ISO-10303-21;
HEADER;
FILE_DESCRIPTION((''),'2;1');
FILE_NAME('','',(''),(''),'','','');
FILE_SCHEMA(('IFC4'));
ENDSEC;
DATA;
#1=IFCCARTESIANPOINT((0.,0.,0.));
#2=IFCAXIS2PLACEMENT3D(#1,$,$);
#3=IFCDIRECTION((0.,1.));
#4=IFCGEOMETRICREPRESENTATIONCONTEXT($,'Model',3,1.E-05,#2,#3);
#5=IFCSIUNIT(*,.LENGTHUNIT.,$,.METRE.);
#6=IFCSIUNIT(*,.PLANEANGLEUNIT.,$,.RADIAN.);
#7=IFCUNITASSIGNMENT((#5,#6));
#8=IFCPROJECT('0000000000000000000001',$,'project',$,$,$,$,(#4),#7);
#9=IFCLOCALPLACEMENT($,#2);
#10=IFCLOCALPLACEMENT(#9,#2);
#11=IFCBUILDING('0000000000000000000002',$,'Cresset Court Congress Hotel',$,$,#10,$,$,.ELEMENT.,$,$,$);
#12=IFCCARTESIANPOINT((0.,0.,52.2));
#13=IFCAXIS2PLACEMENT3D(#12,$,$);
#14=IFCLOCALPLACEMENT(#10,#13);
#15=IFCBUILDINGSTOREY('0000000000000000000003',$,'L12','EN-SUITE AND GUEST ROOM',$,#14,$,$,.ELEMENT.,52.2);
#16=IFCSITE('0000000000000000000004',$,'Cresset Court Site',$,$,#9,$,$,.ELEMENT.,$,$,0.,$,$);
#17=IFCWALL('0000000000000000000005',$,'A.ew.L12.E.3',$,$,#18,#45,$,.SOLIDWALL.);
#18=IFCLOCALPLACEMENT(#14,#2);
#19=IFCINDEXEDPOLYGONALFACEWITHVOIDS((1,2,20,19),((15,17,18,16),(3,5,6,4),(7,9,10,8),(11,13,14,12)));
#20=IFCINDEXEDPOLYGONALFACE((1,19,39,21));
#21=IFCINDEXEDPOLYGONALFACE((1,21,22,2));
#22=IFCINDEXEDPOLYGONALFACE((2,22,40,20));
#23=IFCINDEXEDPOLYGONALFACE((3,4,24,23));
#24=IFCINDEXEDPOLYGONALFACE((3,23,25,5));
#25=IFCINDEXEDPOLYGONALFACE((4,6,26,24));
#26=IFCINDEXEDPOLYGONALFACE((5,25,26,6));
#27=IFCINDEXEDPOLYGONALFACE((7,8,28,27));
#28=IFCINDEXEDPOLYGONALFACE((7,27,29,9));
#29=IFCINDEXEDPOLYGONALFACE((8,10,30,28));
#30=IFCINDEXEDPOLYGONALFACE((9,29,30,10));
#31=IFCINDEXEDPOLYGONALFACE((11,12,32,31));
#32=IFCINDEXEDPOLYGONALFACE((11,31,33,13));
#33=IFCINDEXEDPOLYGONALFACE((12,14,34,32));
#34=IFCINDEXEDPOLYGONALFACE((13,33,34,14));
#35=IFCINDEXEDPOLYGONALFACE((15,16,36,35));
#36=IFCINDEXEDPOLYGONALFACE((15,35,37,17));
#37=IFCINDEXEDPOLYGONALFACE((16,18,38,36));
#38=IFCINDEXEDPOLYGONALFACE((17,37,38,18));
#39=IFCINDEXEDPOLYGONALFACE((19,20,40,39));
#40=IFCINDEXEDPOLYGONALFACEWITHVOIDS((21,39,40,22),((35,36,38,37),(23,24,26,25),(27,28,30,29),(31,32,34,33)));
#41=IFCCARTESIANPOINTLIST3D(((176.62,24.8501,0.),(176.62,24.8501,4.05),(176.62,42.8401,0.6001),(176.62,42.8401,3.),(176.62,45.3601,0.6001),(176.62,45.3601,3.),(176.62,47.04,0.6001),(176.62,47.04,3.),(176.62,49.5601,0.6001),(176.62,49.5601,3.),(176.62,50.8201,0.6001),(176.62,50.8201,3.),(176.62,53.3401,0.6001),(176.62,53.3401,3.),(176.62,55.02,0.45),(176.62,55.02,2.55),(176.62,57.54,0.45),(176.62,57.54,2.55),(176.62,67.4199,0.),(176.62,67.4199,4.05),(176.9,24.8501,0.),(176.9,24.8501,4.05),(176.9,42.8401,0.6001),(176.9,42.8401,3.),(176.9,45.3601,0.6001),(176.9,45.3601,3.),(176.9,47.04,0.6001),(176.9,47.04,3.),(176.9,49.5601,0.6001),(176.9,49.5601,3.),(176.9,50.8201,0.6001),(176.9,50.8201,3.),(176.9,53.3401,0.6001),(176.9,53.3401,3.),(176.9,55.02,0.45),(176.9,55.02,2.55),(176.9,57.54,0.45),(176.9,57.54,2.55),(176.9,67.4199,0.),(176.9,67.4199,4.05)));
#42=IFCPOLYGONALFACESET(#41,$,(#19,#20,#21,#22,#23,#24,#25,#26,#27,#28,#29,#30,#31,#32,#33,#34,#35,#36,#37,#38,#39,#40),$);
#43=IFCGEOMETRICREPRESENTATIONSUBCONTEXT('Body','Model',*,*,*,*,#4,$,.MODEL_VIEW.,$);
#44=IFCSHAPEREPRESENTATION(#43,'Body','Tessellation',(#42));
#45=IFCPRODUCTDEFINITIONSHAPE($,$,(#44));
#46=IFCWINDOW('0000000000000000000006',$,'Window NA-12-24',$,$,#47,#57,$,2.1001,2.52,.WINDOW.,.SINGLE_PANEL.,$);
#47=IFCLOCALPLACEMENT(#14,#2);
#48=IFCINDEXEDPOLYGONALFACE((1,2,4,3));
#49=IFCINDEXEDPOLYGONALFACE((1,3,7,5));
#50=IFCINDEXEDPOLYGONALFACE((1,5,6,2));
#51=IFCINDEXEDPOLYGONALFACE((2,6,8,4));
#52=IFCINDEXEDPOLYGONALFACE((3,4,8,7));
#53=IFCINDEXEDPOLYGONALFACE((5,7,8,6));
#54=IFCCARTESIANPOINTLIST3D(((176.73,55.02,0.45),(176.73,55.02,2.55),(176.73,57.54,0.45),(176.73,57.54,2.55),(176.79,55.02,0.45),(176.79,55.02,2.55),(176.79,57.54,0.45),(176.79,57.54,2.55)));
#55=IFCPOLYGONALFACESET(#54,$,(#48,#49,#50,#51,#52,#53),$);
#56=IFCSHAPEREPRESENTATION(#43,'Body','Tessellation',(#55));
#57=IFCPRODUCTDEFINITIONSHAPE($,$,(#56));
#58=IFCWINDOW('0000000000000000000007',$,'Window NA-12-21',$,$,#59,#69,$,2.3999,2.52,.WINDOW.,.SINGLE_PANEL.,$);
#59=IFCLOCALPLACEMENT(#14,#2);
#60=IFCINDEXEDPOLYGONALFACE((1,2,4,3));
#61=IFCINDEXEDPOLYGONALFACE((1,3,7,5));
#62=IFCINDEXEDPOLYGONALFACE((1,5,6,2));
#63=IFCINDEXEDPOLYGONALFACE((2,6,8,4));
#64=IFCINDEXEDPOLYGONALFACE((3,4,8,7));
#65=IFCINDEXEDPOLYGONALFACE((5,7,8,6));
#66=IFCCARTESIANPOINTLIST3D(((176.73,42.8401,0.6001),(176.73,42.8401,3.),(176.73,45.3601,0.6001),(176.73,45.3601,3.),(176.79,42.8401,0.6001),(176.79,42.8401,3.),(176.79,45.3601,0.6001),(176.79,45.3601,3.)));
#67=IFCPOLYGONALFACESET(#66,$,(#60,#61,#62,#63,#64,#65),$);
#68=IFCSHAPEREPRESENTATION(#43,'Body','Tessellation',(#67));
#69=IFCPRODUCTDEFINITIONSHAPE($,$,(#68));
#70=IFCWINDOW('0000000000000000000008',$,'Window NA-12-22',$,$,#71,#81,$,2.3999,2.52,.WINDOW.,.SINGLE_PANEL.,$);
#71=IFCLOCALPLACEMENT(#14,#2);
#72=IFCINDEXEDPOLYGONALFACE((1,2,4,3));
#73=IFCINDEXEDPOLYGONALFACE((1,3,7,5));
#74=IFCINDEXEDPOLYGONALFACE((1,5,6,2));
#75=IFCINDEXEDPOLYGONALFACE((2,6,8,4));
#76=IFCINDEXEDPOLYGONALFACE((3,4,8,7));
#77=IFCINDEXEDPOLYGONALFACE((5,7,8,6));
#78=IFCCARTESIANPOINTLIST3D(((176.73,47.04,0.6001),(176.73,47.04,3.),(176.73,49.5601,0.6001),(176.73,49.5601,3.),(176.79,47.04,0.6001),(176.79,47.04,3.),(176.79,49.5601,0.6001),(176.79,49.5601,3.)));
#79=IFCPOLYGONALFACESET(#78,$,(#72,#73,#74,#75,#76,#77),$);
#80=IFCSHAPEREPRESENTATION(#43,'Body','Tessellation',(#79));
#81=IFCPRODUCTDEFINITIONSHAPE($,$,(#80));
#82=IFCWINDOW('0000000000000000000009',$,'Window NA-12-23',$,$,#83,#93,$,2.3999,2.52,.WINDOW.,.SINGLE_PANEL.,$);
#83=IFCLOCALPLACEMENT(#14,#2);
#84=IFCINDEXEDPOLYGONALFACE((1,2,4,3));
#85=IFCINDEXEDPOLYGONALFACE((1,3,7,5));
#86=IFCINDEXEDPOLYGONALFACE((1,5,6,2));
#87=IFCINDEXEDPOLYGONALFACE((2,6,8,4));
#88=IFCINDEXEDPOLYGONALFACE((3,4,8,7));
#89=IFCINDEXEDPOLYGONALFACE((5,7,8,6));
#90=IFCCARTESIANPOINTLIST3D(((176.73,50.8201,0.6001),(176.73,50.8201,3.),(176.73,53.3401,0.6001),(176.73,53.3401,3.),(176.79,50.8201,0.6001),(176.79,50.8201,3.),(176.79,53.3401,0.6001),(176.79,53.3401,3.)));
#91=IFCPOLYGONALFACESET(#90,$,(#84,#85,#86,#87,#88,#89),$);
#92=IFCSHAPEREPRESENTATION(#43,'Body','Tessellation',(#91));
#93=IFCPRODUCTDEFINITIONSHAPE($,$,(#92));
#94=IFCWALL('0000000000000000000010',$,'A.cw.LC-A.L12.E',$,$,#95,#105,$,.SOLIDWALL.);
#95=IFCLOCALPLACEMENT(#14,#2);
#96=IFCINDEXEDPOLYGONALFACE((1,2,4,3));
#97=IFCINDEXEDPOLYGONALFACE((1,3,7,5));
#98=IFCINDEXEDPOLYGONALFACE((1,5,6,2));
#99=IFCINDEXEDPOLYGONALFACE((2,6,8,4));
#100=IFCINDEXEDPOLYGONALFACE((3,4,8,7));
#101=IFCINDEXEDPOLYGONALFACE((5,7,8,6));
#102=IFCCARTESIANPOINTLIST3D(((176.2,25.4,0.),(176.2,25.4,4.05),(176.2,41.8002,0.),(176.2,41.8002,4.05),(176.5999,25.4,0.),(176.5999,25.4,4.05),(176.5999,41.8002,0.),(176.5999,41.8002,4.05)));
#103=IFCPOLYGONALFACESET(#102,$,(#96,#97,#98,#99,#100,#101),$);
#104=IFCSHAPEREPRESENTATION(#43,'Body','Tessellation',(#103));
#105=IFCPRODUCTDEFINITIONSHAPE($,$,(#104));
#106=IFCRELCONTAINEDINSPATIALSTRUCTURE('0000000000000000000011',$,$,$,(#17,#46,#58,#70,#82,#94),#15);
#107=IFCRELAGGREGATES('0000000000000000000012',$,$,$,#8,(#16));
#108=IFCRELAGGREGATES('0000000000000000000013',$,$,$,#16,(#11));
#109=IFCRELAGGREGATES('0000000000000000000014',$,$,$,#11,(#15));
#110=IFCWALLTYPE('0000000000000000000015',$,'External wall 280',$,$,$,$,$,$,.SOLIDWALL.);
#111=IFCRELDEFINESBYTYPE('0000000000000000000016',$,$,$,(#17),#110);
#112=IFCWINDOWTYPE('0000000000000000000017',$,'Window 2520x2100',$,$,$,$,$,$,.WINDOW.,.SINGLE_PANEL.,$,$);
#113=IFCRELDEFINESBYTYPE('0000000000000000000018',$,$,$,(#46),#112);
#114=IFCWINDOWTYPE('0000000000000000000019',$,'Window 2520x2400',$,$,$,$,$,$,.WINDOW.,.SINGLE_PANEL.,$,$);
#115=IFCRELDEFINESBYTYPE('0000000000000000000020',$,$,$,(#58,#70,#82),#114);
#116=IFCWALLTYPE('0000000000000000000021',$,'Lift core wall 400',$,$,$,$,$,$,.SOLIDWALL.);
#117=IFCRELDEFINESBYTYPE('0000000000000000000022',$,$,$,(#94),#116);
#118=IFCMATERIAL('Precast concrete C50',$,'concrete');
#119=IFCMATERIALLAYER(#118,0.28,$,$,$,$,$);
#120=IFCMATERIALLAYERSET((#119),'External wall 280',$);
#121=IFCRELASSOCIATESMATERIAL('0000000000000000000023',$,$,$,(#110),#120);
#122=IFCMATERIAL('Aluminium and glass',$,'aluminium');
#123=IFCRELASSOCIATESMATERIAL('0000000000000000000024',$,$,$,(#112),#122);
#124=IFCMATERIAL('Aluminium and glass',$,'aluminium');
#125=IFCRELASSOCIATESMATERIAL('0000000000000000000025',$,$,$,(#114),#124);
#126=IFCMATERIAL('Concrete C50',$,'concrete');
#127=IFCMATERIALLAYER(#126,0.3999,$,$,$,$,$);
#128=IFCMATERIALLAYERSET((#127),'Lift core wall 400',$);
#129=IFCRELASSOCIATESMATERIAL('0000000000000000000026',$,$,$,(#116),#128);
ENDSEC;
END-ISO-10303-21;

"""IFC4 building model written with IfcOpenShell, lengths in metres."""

from ifc_helpers import new_model, si_unit, direction, frame, frame_2d, origin, place, context, subcontext, project, spatial, rectangle, extrude, material, layer, layer_set, type_object, element, fill, save


model = new_model("IFC4")

# Units and contexts
model_context = context("Model", 3, precision=1e-05, world=origin(), true_north=direction((0.0, 1.0)))
body_context = subcontext(model_context, "Body", "Model", "MODEL_VIEW")
ifc_project = project(units=[si_unit("LENGTHUNIT", "METRE"), si_unit("PLANEANGLEUNIT", "RADIAN")], contexts=[model_context])

# Site, building, storey
site_placement = place(None, origin())
site = spatial("IfcSite", under=ifc_project, at=site_placement, Name="Cresset Court Site", CompositionType="ELEMENT", RefElevation=0.0)
building_placement = place(site_placement, origin())
building = spatial("IfcBuilding", under=site, at=building_placement, Name="Cresset Court Congress Hotel", CompositionType="ELEMENT")
storey_placement = place(building_placement, frame((0.0, 0.0, 52.2)))
storey = spatial("IfcBuildingStorey", under=building, at=storey_placement, Name="L12", Description="EN-SUITE AND GUEST ROOM", CompositionType="ELEMENT", Elevation=52.2)

# Wall, openings, windows
ifc_material_1 = material(Name="Precast concrete C50", Category="concrete")
ifc_layer_1 = layer(ifc_material_1, 0.28)
ifc_layer_set_1 = layer_set([ifc_layer_1], Name="External wall 280")
wall_type_1 = type_object("IfcWallType", Name="External wall 280", PredefinedType="SOLIDWALL", material=ifc_layer_set_1)
wall_1_placement = place(storey_placement, frame((176.76, 24.8501, 0.0), z_axis=(0.0, 0.0, 1.0), x_axis=(0.0, 1.0, 0.0)))
wall_1 = element("IfcWall", 1, at=wall_1_placement, inside=storey, type_object=wall_type_1, Name="A.ew.L12.E.3", PredefinedType="SOLIDWALL", context=body_context, shape_type="SweptSolid", body=[
    extrude(rectangle(XDim=42.5698, YDim=0.28, at=frame_2d((21.2849, 0.0))), origin(), (0.0, 0.0, 1.0), 4.05),
])
opening_1_placement = place(wall_1_placement, frame((17.99, 0.0, 0.6001)))
opening_1 = element("IfcOpeningElement", 2, at=opening_1_placement, cuts=wall_1, PredefinedType="OPENING", context=body_context, shape_type="SweptSolid", body=[
    extrude(rectangle(XDim=2.52, YDim=2.3999, at=frame_2d((1.26, 1.2))), frame((0.0, 0.1499, 0.0), z_axis=(0.0, -1.0, 0.0), x_axis=(1.0, 0.0, 0.0)), (0.0, 0.0, 1.0), 0.3),
])
opening_2_placement = place(wall_1_placement, frame((22.1899, 0.0, 0.6001)))
opening_2 = element("IfcOpeningElement", 3, at=opening_2_placement, cuts=wall_1, PredefinedType="OPENING", context=body_context, shape_type="SweptSolid", body=[
    extrude(rectangle(XDim=2.52, YDim=2.3999, at=frame_2d((1.26, 1.2))), frame((0.0, 0.1499, 0.0), z_axis=(0.0, -1.0, 0.0), x_axis=(1.0, 0.0, 0.0)), (0.0, 0.0, 1.0), 0.3),
])
opening_3_placement = place(wall_1_placement, frame((25.97, 0.0, 0.6001)))
opening_3 = element("IfcOpeningElement", 4, at=opening_3_placement, cuts=wall_1, PredefinedType="OPENING", context=body_context, shape_type="SweptSolid", body=[
    extrude(rectangle(XDim=2.52, YDim=2.3999, at=frame_2d((1.26, 1.2))), frame((0.0, 0.1499, 0.0), z_axis=(0.0, -1.0, 0.0), x_axis=(1.0, 0.0, 0.0)), (0.0, 0.0, 1.0), 0.3),
])
opening_4_placement = place(wall_1_placement, frame((30.1699, 0.0, 0.45)))
opening_4 = element("IfcOpeningElement", 5, at=opening_4_placement, cuts=wall_1, PredefinedType="OPENING", context=body_context, shape_type="SweptSolid", body=[
    extrude(rectangle(XDim=2.52, YDim=2.1001, at=frame_2d((1.26, 1.05))), frame((0.0, 0.1499, 0.0), z_axis=(0.0, -1.0, 0.0), x_axis=(1.0, 0.0, 0.0)), (0.0, 0.0, 1.0), 0.3),
])
ifc_material_2 = material(Name="Aluminium and glass", Category="aluminium")
window_type_1 = type_object("IfcWindowType", Name="Window 2520x2100", PartitioningType="SINGLE_PANEL", PredefinedType="WINDOW", material=ifc_material_2)
window_1_placement = place(opening_4_placement, origin())
window_1 = element("IfcWindow", 6, at=window_1_placement, inside=storey, type_object=window_type_1, Name="Window NA-12-24", OverallHeight=2.1001, OverallWidth=2.52, PartitioningType="SINGLE_PANEL", PredefinedType="WINDOW", context=body_context, shape_type="SweptSolid", body=[
    extrude(rectangle(XDim=2.52, YDim=2.1001, at=frame_2d((1.26, 1.05))), frame((0.0, 0.03, 0.0), z_axis=(0.0, -1.0, 0.0), x_axis=(1.0, 0.0, 0.0)), (0.0, 0.0, 1.0), 0.0601),
])
fill(opening_4, window_1)
ifc_material_3 = material(Name="Aluminium and glass", Category="aluminium")
window_type_2 = type_object("IfcWindowType", Name="Window 2520x2400", PartitioningType="SINGLE_PANEL", PredefinedType="WINDOW", material=ifc_material_3)
window_2_placement = place(opening_1_placement, origin())
window_2 = element("IfcWindow", 7, at=window_2_placement, inside=storey, type_object=window_type_2, Name="Window NA-12-21", OverallHeight=2.3999, OverallWidth=2.52, PartitioningType="SINGLE_PANEL", PredefinedType="WINDOW", context=body_context, shape_type="SweptSolid", body=[
    extrude(rectangle(XDim=2.52, YDim=2.3999, at=frame_2d((1.26, 1.2))), frame((0.0, 0.03, 0.0), z_axis=(0.0, -1.0, 0.0), x_axis=(1.0, 0.0, 0.0)), (0.0, 0.0, 1.0), 0.0601),
])
fill(opening_1, window_2)
window_3_placement = place(opening_2_placement, origin())
window_3 = element("IfcWindow", 8, at=window_3_placement, inside=storey, type_object=window_type_2, Name="Window NA-12-22", OverallHeight=2.3999, OverallWidth=2.52, PartitioningType="SINGLE_PANEL", PredefinedType="WINDOW", context=body_context, shape_type="SweptSolid", body=[
    extrude(rectangle(XDim=2.52, YDim=2.3999, at=frame_2d((1.26, 1.2))), frame((0.0, 0.03, 0.0), z_axis=(0.0, -1.0, 0.0), x_axis=(1.0, 0.0, 0.0)), (0.0, 0.0, 1.0), 0.0601),
])
fill(opening_2, window_3)
window_4_placement = place(opening_3_placement, origin())
window_4 = element("IfcWindow", 9, at=window_4_placement, inside=storey, type_object=window_type_2, Name="Window NA-12-23", OverallHeight=2.3999, OverallWidth=2.52, PartitioningType="SINGLE_PANEL", PredefinedType="WINDOW", context=body_context, shape_type="SweptSolid", body=[
    extrude(rectangle(XDim=2.52, YDim=2.3999, at=frame_2d((1.26, 1.2))), frame((0.0, 0.03, 0.0), z_axis=(0.0, -1.0, 0.0), x_axis=(1.0, 0.0, 0.0)), (0.0, 0.0, 1.0), 0.0601),
])
fill(opening_3, window_4)

# Wall
ifc_material_4 = material(Name="Concrete C50", Category="concrete")
ifc_layer_2 = layer(ifc_material_4, 0.3999)
ifc_layer_set_2 = layer_set([ifc_layer_2], Name="Lift core wall 400")
wall_type_2 = type_object("IfcWallType", Name="Lift core wall 400", PredefinedType="SOLIDWALL", material=ifc_layer_set_2)
wall_2_placement = place(storey_placement, frame((176.3999, 25.3999, 0.0), z_axis=(0.0, 0.0, 1.0), x_axis=(0.0, 1.0, 0.0)))
element("IfcWall", 10, at=wall_2_placement, inside=storey, type_object=wall_type_2, Name="A.cw.LC-A.L12.E", PredefinedType="SOLIDWALL", context=body_context, shape_type="SweptSolid", body=[
    extrude(rectangle(XDim=16.4001, YDim=0.3999, at=frame_2d((8.2002, 0.0))), origin(), (0.0, 0.0, 1.0), 4.05),
])

save(model, "model.ifc")
